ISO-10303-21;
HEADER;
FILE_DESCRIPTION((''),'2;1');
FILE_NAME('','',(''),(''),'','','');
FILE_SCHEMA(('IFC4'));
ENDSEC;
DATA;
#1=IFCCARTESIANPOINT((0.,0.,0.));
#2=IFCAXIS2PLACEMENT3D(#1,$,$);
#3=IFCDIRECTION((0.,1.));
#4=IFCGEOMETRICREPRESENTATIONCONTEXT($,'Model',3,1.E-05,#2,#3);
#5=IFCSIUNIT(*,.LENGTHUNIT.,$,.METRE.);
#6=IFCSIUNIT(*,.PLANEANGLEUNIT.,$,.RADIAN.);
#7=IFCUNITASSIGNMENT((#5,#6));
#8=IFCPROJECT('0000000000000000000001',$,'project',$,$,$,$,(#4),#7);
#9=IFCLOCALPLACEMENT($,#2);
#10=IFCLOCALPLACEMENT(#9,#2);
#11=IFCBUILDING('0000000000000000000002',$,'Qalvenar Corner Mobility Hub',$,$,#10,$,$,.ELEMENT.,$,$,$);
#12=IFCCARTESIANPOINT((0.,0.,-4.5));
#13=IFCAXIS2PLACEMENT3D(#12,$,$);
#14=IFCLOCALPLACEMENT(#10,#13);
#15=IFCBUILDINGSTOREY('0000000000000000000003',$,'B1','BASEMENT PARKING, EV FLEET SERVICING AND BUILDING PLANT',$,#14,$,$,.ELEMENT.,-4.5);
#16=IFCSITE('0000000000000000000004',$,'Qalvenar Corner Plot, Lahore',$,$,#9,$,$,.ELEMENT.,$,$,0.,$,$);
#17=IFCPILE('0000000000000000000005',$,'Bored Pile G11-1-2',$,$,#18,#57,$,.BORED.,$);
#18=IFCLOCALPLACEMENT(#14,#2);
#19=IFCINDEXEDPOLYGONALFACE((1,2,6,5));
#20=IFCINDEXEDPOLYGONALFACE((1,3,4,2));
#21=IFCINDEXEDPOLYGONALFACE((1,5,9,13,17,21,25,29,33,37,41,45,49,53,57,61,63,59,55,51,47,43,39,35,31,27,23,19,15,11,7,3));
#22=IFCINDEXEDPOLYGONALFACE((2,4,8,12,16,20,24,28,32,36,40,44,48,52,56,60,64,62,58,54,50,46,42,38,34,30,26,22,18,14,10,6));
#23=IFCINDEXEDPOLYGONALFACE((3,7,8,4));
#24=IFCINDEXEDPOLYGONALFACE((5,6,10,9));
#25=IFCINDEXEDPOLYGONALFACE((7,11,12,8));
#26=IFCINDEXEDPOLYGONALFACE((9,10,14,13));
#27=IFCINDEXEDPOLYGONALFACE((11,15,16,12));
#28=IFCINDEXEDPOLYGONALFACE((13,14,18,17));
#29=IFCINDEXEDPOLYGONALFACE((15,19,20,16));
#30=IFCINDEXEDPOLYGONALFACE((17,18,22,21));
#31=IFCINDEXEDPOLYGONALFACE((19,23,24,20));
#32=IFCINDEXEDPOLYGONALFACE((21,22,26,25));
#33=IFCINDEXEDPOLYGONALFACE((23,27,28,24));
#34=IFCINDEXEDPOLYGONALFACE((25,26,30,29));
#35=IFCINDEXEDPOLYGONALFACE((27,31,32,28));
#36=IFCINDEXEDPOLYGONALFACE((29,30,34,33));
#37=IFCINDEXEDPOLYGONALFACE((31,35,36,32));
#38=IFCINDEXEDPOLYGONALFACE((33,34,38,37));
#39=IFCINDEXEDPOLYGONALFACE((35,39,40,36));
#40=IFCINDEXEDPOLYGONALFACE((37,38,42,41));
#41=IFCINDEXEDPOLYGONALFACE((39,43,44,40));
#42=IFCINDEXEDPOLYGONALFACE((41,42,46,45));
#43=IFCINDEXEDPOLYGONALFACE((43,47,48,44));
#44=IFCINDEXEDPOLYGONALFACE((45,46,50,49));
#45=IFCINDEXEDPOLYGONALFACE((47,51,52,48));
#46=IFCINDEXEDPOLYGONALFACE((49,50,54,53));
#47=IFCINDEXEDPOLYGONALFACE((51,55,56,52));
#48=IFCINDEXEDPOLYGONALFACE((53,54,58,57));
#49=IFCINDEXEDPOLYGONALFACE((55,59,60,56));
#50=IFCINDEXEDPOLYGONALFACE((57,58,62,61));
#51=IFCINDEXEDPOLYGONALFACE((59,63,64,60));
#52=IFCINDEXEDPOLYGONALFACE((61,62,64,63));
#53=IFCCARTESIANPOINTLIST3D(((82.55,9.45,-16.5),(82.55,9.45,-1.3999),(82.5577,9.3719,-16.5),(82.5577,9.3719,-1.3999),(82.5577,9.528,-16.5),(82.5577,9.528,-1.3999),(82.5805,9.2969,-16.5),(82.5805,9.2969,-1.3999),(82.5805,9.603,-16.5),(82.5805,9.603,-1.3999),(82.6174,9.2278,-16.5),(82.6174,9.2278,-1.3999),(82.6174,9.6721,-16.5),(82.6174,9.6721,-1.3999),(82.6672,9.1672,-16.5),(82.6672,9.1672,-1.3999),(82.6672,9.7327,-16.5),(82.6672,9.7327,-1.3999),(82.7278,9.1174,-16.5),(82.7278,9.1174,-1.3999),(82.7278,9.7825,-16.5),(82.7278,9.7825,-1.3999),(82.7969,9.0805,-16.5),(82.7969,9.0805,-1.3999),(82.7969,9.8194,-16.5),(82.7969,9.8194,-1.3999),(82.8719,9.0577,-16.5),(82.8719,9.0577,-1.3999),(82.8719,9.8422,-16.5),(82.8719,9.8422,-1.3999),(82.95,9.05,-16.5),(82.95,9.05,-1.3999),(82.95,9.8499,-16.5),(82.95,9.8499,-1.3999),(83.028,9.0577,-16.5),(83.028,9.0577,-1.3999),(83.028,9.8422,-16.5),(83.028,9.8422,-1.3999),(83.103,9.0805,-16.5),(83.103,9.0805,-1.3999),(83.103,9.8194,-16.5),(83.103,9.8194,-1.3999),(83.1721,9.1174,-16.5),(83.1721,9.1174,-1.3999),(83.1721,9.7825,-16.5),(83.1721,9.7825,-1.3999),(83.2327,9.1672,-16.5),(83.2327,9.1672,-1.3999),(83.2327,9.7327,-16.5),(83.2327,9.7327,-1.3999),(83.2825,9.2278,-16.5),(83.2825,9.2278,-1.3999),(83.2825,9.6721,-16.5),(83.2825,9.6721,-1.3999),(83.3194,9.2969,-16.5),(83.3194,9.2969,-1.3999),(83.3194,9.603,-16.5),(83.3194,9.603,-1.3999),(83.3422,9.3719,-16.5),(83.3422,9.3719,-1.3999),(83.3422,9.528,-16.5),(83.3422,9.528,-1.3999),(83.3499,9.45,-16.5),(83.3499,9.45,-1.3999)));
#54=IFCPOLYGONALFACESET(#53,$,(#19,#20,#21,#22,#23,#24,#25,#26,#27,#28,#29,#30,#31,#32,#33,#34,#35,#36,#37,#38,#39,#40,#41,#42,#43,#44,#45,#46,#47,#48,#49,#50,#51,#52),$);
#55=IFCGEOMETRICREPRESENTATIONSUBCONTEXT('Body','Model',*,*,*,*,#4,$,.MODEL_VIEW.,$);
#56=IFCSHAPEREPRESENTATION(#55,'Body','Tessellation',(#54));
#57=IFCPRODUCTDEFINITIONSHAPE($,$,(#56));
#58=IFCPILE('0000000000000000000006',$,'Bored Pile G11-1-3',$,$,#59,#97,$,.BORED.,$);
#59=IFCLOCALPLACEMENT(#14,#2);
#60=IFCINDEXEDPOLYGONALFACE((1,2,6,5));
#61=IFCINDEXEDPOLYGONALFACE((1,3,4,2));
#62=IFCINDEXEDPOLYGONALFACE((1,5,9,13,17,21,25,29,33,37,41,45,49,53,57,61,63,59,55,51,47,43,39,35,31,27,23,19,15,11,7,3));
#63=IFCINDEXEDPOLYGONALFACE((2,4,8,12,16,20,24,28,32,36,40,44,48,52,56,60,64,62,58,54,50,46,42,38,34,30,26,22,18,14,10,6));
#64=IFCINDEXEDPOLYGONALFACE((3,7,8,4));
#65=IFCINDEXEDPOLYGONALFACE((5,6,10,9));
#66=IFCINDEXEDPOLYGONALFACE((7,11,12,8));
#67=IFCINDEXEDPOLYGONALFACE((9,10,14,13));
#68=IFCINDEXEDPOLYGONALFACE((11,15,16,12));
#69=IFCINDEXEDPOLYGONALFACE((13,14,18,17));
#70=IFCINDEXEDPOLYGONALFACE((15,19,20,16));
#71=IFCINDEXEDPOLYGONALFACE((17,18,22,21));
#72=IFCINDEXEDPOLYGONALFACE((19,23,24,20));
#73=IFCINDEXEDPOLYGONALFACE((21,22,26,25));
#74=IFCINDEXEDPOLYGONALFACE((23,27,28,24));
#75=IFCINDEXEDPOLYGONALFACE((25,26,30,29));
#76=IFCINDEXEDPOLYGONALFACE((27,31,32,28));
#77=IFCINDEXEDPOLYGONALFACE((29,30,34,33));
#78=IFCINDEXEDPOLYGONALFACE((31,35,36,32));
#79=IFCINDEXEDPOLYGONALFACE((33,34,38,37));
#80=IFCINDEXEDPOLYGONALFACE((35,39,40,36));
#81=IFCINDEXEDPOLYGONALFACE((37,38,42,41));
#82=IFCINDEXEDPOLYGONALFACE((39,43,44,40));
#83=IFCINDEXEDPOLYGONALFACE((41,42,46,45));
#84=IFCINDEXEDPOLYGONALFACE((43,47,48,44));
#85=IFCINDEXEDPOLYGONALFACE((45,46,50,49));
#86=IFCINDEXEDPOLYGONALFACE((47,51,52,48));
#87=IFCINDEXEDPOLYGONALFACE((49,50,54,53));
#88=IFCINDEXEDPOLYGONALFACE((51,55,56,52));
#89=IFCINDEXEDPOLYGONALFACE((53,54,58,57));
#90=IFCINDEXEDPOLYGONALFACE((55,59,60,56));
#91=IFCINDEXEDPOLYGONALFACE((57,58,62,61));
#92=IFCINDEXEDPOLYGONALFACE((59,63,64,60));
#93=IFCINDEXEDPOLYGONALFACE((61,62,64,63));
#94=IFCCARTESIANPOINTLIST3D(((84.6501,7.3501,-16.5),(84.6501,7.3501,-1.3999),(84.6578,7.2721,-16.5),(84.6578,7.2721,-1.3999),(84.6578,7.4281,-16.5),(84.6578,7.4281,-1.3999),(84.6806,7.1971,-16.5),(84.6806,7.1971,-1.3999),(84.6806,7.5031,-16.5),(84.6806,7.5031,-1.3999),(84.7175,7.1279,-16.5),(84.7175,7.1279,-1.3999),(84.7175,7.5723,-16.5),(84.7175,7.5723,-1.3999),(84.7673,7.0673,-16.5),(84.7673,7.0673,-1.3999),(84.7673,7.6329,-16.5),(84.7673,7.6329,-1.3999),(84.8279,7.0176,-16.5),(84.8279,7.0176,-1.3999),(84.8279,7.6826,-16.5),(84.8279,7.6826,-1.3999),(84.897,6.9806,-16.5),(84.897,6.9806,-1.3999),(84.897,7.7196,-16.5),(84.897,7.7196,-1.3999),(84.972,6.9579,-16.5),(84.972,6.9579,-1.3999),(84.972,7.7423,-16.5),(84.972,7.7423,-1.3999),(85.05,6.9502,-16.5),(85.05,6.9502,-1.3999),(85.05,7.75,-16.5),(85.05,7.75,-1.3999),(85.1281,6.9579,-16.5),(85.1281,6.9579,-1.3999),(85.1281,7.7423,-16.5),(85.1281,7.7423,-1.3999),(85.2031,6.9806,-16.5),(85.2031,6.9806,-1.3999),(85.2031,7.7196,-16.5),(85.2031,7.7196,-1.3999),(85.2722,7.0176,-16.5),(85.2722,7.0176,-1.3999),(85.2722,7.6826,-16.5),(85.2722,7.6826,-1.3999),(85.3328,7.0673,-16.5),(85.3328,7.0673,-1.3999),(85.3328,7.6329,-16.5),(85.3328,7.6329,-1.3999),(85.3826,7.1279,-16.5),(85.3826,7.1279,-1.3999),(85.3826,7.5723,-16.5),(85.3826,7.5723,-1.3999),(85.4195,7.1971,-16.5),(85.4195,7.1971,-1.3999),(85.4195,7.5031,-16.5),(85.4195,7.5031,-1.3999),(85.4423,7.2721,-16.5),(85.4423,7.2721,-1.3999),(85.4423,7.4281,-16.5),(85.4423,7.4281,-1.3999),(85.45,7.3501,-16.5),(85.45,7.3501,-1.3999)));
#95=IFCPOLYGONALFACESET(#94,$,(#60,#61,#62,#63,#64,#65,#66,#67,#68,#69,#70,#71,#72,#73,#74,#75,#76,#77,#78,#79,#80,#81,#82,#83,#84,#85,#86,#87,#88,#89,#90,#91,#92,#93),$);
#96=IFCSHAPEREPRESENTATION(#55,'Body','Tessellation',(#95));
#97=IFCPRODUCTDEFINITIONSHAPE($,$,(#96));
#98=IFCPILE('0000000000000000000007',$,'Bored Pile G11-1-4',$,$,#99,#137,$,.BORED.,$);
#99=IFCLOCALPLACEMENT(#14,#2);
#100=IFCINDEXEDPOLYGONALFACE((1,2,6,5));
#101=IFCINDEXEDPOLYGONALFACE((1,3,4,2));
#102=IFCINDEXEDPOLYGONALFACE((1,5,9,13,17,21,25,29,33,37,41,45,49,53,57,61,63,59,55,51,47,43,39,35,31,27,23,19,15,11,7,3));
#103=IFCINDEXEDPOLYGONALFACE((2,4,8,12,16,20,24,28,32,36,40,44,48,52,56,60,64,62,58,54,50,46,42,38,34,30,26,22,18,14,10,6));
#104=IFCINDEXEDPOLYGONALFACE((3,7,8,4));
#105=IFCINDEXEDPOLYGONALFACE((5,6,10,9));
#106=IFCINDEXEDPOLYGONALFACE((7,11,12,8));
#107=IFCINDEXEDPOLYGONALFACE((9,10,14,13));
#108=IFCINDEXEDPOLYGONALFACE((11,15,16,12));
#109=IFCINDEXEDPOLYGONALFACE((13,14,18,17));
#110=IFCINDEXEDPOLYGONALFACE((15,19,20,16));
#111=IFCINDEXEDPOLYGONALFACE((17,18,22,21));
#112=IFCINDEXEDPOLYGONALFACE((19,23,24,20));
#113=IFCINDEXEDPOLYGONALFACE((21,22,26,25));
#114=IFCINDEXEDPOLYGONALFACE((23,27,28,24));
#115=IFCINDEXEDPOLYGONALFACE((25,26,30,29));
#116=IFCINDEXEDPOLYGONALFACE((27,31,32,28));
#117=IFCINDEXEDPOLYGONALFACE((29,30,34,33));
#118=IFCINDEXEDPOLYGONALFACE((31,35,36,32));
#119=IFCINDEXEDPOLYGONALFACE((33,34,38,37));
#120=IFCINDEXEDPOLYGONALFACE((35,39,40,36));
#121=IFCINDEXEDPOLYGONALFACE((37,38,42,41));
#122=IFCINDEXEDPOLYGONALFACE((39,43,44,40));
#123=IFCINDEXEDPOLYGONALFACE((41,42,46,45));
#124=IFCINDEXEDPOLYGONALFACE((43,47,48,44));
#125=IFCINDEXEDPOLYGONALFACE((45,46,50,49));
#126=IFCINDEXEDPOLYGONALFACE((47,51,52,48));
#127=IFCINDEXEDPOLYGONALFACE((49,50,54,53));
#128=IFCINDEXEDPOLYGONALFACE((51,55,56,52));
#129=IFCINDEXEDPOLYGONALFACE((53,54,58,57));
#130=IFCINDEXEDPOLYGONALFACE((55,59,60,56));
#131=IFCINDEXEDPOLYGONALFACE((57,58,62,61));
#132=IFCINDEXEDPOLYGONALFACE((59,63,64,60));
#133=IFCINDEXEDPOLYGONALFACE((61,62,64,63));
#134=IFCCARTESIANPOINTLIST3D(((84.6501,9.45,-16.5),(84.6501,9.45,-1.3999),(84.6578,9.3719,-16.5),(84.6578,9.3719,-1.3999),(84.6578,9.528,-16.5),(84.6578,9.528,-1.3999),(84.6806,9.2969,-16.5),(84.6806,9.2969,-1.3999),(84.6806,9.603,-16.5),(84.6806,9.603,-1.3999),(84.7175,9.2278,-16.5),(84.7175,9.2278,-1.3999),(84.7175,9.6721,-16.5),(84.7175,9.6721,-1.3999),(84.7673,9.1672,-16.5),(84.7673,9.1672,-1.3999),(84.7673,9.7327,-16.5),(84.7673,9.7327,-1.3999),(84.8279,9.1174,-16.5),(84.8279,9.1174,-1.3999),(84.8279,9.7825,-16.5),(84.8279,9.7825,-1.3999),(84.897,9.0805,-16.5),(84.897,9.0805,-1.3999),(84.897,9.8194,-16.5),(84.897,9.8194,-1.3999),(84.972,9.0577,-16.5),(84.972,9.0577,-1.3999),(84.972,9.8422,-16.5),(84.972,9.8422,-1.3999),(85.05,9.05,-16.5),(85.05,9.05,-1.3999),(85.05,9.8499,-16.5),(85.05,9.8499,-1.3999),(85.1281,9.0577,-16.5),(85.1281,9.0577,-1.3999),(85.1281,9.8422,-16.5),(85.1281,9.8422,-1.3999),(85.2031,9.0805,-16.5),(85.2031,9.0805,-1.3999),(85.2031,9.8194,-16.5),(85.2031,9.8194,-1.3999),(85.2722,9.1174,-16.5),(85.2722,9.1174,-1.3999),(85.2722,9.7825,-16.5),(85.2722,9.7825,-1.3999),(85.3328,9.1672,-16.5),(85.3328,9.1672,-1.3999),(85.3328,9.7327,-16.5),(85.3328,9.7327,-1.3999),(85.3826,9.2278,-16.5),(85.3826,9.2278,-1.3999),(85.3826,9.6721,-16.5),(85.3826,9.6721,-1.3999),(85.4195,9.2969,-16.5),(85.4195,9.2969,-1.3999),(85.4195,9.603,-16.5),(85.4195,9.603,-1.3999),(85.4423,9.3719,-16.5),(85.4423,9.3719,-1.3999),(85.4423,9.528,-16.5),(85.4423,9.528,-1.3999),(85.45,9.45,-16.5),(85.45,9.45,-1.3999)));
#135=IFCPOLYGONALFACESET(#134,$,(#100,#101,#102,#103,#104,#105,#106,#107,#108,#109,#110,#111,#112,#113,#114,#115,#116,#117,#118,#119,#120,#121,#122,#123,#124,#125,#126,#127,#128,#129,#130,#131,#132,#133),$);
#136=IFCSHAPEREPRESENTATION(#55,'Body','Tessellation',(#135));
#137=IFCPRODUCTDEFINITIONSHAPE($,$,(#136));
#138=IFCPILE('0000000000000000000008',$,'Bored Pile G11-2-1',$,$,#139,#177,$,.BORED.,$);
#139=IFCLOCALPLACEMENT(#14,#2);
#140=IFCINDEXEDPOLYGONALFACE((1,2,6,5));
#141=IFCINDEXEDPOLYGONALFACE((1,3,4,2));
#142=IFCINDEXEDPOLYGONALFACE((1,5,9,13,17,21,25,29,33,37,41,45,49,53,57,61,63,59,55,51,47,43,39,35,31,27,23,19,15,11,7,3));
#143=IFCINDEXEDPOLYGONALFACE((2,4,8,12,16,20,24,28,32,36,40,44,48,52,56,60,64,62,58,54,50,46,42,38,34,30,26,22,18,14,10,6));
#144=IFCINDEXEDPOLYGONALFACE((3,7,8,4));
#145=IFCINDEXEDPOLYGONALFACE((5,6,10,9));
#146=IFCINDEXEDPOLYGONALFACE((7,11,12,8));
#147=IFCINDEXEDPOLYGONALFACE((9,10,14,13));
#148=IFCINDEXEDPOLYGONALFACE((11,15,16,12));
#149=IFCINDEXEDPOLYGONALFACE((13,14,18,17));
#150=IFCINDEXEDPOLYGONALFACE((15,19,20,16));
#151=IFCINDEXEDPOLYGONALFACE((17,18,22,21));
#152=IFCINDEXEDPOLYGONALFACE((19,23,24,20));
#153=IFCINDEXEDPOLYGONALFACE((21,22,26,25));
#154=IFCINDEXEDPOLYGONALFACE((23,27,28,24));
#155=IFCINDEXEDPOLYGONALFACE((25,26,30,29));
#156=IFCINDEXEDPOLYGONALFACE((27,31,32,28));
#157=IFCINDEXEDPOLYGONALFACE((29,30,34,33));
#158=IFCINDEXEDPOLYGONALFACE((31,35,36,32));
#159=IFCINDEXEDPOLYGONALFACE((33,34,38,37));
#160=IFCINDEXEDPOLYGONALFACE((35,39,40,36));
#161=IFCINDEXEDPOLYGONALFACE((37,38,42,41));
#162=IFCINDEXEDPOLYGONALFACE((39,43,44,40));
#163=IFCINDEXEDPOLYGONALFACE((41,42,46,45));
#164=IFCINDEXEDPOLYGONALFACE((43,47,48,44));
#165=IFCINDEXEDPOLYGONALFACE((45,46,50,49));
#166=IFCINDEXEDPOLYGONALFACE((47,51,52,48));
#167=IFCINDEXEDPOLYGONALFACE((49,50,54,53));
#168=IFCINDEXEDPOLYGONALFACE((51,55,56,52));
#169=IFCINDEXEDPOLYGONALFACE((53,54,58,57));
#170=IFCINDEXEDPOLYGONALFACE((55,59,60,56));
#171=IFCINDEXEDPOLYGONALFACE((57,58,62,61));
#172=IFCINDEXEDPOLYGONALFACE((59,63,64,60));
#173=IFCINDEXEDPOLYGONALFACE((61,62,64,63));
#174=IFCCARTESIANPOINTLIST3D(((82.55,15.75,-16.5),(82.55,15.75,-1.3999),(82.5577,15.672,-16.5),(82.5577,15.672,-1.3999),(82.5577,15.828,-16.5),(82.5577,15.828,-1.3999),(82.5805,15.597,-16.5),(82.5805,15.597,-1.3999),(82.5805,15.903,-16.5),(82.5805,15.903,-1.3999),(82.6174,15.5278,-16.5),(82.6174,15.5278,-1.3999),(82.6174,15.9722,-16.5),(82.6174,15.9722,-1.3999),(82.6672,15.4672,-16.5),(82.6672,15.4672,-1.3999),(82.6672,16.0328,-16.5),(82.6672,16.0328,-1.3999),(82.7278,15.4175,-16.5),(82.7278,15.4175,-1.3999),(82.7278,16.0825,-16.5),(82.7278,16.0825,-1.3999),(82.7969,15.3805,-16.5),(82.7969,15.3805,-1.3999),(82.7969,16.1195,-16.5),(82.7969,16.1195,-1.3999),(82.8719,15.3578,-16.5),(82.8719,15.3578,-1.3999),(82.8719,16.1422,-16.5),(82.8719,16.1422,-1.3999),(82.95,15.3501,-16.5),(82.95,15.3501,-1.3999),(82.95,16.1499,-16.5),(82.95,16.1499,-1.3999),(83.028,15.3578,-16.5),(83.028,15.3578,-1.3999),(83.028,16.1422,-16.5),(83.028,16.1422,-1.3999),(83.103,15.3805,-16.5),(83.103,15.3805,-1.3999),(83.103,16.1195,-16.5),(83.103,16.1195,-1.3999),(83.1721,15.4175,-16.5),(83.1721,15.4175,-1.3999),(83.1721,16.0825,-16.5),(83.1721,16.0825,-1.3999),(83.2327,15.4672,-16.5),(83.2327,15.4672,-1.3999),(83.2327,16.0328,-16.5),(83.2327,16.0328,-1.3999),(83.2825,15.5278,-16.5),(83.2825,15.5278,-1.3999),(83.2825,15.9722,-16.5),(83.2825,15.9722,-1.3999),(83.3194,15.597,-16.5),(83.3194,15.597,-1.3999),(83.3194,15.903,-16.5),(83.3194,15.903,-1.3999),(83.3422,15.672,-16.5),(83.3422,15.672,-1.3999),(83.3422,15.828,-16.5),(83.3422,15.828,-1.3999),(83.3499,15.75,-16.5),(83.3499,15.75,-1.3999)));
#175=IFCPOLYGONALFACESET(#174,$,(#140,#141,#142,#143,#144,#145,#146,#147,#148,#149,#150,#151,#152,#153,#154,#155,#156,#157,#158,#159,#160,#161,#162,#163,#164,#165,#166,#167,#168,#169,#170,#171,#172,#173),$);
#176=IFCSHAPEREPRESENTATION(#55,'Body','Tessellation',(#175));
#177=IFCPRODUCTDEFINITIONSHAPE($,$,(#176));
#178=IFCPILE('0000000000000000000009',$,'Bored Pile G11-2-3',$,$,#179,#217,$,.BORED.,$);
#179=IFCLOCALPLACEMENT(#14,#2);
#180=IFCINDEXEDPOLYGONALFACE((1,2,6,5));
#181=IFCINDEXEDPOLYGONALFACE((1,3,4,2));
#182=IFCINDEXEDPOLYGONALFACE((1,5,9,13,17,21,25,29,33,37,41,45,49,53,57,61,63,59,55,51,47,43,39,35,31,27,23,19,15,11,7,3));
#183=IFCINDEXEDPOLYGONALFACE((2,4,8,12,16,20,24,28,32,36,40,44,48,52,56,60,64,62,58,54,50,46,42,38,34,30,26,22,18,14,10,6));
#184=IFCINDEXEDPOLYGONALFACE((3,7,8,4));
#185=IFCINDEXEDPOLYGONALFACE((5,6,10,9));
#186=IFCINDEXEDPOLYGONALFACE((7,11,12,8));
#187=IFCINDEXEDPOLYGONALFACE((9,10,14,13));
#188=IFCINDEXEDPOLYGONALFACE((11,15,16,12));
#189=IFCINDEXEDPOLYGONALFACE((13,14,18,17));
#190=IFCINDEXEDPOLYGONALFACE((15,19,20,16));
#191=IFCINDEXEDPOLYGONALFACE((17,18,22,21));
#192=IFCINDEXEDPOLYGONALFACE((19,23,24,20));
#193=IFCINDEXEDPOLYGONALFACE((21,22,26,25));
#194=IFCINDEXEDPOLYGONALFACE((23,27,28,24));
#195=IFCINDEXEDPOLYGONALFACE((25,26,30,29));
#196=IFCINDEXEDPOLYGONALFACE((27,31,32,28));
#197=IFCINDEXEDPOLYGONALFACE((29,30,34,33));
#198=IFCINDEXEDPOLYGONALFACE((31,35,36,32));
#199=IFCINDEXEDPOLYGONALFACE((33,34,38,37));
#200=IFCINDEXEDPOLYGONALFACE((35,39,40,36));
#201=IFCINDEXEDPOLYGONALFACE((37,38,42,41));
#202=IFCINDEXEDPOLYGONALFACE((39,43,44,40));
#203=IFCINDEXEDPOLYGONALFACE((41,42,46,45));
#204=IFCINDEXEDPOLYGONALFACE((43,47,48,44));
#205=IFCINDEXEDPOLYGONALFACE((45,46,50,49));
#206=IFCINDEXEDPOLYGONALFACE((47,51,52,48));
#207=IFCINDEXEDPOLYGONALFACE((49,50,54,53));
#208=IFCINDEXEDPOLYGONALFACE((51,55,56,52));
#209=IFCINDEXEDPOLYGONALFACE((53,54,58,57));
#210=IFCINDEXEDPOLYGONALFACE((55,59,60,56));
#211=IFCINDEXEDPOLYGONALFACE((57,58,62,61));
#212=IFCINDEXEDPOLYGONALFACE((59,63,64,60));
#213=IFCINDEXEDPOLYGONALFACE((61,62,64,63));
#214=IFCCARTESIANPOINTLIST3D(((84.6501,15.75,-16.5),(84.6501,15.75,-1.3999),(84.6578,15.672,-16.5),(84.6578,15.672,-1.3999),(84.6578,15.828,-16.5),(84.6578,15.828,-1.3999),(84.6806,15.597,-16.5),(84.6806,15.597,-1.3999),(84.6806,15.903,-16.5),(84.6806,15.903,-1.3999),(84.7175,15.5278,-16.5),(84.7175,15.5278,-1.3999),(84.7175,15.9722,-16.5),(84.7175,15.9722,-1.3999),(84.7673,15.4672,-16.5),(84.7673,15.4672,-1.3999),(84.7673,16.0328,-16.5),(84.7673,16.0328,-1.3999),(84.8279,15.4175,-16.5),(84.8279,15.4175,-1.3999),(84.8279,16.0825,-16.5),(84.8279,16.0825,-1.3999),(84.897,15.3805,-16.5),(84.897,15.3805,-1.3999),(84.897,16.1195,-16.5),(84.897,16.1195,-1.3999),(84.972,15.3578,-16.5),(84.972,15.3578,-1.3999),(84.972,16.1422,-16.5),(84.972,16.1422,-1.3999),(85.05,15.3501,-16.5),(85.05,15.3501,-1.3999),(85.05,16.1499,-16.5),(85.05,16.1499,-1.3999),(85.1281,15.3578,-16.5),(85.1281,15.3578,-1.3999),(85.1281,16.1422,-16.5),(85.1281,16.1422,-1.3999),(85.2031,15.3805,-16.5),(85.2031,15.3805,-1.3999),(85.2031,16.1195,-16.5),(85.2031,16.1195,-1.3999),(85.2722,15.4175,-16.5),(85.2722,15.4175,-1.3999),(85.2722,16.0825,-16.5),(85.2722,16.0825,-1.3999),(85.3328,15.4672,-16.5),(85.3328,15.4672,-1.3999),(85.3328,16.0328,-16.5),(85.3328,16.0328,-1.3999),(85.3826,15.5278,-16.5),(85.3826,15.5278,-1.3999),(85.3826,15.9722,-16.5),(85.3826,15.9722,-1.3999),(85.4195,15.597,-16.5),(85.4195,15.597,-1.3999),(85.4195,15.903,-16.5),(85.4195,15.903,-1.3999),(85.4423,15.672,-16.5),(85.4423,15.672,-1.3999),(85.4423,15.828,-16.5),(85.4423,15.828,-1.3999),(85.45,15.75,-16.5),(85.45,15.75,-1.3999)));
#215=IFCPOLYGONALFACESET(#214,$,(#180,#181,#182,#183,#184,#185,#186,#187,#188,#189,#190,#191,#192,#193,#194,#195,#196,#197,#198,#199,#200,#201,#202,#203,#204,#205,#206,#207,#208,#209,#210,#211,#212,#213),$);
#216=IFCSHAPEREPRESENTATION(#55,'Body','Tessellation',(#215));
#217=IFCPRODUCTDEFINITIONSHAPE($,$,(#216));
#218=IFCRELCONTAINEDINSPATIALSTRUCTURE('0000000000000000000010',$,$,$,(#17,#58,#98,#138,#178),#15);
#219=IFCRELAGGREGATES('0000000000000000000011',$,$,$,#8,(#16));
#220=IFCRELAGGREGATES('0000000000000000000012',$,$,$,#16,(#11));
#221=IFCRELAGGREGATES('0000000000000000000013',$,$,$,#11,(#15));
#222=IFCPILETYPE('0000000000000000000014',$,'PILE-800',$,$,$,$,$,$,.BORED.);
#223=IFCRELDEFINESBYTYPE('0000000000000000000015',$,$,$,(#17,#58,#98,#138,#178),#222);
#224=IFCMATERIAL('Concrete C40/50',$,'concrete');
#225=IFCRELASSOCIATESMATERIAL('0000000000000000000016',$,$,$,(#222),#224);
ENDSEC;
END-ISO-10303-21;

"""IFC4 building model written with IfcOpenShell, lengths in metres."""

from ifc_helpers import new_model, si_unit, direction, frame, origin, origin_2d, place, context, subcontext, project, spatial, circle, extrude, material, material_profile, profile_set, type_object, element, save


model = new_model("IFC4")

# Units and contexts
model_context = context("Model", 3, precision=1e-05, world=origin(), true_north=direction((0.0, 1.0)))
body_context = subcontext(model_context, "Body", "Model", "MODEL_VIEW")
ifc_project = project(units=[si_unit("LENGTHUNIT", "METRE"), si_unit("PLANEANGLEUNIT", "RADIAN")], contexts=[model_context])

# Site, building, storey
site_placement = place(None, origin())
site = spatial("IfcSite", under=ifc_project, at=site_placement, Name="Qalvenar Corner Plot, Lahore", CompositionType="ELEMENT", RefElevation=0.0)
building_placement = place(site_placement, origin())
building = spatial("IfcBuilding", under=site, at=building_placement, Name="Qalvenar Corner Mobility Hub", CompositionType="ELEMENT")
storey_placement = place(building_placement, frame((0.0, 0.0, -4.5)))
storey = spatial("IfcBuildingStorey", under=building, at=storey_placement, Name="B1", Description="BASEMENT PARKING, EV FLEET SERVICING AND BUILDING PLANT", CompositionType="ELEMENT", Elevation=-4.5)

# Shared definitions
ifc_material_1 = material(Name="Concrete C40/50", Category="concrete")

# Piles
ifc_material_profile_1 = material_profile(ifc_material_1, circle(Radius=0.3999, at=origin_2d()), Name="DIA800")
ifc_profile_set_1 = profile_set([ifc_material_profile_1], Name="Concrete C40/50")
pile_type_1 = type_object("IfcPileType", Name="PILE-800", PredefinedType="BORED", material=ifc_profile_set_1)
for number, where, z_axis, x_axis, name in (
    (1, (82.95, 9.45, -1.3999), (0.0, 0.0, -1.0), (1.0, 0.0, 0.0), "Bored Pile G11-1-2"),
    (2, (85.05, 7.3501, -1.3999), (0.0, 0.0, -1.0), (1.0, 0.0, 0.0), "Bored Pile G11-1-3"),
    (3, (85.05, 9.45, -1.3999), (0.0, 0.0, -1.0), (1.0, 0.0, 0.0), "Bored Pile G11-1-4"),
    (4, (82.95, 15.75, -1.3999), (0.0, 0.0, -1.0), (1.0, 0.0, 0.0), "Bored Pile G11-2-1"),
    (5, (85.05, 15.75, -1.3999), (0.0, 0.0, -1.0), (1.0, 0.0, 0.0), "Bored Pile G11-2-3"),
):
    element("IfcPile", number, at=place(storey_placement, frame(where, z_axis=z_axis, x_axis=x_axis)), inside=storey, type_object=pile_type_1, Name=name, PredefinedType="BORED", context=body_context, shape_type="SweptSolid", body=[
        extrude(circle(Radius=0.3999, at=origin_2d()), origin(), (0.0, 0.0, 1.0), 15.1001),
    ])

save(model, "model.ifc")
